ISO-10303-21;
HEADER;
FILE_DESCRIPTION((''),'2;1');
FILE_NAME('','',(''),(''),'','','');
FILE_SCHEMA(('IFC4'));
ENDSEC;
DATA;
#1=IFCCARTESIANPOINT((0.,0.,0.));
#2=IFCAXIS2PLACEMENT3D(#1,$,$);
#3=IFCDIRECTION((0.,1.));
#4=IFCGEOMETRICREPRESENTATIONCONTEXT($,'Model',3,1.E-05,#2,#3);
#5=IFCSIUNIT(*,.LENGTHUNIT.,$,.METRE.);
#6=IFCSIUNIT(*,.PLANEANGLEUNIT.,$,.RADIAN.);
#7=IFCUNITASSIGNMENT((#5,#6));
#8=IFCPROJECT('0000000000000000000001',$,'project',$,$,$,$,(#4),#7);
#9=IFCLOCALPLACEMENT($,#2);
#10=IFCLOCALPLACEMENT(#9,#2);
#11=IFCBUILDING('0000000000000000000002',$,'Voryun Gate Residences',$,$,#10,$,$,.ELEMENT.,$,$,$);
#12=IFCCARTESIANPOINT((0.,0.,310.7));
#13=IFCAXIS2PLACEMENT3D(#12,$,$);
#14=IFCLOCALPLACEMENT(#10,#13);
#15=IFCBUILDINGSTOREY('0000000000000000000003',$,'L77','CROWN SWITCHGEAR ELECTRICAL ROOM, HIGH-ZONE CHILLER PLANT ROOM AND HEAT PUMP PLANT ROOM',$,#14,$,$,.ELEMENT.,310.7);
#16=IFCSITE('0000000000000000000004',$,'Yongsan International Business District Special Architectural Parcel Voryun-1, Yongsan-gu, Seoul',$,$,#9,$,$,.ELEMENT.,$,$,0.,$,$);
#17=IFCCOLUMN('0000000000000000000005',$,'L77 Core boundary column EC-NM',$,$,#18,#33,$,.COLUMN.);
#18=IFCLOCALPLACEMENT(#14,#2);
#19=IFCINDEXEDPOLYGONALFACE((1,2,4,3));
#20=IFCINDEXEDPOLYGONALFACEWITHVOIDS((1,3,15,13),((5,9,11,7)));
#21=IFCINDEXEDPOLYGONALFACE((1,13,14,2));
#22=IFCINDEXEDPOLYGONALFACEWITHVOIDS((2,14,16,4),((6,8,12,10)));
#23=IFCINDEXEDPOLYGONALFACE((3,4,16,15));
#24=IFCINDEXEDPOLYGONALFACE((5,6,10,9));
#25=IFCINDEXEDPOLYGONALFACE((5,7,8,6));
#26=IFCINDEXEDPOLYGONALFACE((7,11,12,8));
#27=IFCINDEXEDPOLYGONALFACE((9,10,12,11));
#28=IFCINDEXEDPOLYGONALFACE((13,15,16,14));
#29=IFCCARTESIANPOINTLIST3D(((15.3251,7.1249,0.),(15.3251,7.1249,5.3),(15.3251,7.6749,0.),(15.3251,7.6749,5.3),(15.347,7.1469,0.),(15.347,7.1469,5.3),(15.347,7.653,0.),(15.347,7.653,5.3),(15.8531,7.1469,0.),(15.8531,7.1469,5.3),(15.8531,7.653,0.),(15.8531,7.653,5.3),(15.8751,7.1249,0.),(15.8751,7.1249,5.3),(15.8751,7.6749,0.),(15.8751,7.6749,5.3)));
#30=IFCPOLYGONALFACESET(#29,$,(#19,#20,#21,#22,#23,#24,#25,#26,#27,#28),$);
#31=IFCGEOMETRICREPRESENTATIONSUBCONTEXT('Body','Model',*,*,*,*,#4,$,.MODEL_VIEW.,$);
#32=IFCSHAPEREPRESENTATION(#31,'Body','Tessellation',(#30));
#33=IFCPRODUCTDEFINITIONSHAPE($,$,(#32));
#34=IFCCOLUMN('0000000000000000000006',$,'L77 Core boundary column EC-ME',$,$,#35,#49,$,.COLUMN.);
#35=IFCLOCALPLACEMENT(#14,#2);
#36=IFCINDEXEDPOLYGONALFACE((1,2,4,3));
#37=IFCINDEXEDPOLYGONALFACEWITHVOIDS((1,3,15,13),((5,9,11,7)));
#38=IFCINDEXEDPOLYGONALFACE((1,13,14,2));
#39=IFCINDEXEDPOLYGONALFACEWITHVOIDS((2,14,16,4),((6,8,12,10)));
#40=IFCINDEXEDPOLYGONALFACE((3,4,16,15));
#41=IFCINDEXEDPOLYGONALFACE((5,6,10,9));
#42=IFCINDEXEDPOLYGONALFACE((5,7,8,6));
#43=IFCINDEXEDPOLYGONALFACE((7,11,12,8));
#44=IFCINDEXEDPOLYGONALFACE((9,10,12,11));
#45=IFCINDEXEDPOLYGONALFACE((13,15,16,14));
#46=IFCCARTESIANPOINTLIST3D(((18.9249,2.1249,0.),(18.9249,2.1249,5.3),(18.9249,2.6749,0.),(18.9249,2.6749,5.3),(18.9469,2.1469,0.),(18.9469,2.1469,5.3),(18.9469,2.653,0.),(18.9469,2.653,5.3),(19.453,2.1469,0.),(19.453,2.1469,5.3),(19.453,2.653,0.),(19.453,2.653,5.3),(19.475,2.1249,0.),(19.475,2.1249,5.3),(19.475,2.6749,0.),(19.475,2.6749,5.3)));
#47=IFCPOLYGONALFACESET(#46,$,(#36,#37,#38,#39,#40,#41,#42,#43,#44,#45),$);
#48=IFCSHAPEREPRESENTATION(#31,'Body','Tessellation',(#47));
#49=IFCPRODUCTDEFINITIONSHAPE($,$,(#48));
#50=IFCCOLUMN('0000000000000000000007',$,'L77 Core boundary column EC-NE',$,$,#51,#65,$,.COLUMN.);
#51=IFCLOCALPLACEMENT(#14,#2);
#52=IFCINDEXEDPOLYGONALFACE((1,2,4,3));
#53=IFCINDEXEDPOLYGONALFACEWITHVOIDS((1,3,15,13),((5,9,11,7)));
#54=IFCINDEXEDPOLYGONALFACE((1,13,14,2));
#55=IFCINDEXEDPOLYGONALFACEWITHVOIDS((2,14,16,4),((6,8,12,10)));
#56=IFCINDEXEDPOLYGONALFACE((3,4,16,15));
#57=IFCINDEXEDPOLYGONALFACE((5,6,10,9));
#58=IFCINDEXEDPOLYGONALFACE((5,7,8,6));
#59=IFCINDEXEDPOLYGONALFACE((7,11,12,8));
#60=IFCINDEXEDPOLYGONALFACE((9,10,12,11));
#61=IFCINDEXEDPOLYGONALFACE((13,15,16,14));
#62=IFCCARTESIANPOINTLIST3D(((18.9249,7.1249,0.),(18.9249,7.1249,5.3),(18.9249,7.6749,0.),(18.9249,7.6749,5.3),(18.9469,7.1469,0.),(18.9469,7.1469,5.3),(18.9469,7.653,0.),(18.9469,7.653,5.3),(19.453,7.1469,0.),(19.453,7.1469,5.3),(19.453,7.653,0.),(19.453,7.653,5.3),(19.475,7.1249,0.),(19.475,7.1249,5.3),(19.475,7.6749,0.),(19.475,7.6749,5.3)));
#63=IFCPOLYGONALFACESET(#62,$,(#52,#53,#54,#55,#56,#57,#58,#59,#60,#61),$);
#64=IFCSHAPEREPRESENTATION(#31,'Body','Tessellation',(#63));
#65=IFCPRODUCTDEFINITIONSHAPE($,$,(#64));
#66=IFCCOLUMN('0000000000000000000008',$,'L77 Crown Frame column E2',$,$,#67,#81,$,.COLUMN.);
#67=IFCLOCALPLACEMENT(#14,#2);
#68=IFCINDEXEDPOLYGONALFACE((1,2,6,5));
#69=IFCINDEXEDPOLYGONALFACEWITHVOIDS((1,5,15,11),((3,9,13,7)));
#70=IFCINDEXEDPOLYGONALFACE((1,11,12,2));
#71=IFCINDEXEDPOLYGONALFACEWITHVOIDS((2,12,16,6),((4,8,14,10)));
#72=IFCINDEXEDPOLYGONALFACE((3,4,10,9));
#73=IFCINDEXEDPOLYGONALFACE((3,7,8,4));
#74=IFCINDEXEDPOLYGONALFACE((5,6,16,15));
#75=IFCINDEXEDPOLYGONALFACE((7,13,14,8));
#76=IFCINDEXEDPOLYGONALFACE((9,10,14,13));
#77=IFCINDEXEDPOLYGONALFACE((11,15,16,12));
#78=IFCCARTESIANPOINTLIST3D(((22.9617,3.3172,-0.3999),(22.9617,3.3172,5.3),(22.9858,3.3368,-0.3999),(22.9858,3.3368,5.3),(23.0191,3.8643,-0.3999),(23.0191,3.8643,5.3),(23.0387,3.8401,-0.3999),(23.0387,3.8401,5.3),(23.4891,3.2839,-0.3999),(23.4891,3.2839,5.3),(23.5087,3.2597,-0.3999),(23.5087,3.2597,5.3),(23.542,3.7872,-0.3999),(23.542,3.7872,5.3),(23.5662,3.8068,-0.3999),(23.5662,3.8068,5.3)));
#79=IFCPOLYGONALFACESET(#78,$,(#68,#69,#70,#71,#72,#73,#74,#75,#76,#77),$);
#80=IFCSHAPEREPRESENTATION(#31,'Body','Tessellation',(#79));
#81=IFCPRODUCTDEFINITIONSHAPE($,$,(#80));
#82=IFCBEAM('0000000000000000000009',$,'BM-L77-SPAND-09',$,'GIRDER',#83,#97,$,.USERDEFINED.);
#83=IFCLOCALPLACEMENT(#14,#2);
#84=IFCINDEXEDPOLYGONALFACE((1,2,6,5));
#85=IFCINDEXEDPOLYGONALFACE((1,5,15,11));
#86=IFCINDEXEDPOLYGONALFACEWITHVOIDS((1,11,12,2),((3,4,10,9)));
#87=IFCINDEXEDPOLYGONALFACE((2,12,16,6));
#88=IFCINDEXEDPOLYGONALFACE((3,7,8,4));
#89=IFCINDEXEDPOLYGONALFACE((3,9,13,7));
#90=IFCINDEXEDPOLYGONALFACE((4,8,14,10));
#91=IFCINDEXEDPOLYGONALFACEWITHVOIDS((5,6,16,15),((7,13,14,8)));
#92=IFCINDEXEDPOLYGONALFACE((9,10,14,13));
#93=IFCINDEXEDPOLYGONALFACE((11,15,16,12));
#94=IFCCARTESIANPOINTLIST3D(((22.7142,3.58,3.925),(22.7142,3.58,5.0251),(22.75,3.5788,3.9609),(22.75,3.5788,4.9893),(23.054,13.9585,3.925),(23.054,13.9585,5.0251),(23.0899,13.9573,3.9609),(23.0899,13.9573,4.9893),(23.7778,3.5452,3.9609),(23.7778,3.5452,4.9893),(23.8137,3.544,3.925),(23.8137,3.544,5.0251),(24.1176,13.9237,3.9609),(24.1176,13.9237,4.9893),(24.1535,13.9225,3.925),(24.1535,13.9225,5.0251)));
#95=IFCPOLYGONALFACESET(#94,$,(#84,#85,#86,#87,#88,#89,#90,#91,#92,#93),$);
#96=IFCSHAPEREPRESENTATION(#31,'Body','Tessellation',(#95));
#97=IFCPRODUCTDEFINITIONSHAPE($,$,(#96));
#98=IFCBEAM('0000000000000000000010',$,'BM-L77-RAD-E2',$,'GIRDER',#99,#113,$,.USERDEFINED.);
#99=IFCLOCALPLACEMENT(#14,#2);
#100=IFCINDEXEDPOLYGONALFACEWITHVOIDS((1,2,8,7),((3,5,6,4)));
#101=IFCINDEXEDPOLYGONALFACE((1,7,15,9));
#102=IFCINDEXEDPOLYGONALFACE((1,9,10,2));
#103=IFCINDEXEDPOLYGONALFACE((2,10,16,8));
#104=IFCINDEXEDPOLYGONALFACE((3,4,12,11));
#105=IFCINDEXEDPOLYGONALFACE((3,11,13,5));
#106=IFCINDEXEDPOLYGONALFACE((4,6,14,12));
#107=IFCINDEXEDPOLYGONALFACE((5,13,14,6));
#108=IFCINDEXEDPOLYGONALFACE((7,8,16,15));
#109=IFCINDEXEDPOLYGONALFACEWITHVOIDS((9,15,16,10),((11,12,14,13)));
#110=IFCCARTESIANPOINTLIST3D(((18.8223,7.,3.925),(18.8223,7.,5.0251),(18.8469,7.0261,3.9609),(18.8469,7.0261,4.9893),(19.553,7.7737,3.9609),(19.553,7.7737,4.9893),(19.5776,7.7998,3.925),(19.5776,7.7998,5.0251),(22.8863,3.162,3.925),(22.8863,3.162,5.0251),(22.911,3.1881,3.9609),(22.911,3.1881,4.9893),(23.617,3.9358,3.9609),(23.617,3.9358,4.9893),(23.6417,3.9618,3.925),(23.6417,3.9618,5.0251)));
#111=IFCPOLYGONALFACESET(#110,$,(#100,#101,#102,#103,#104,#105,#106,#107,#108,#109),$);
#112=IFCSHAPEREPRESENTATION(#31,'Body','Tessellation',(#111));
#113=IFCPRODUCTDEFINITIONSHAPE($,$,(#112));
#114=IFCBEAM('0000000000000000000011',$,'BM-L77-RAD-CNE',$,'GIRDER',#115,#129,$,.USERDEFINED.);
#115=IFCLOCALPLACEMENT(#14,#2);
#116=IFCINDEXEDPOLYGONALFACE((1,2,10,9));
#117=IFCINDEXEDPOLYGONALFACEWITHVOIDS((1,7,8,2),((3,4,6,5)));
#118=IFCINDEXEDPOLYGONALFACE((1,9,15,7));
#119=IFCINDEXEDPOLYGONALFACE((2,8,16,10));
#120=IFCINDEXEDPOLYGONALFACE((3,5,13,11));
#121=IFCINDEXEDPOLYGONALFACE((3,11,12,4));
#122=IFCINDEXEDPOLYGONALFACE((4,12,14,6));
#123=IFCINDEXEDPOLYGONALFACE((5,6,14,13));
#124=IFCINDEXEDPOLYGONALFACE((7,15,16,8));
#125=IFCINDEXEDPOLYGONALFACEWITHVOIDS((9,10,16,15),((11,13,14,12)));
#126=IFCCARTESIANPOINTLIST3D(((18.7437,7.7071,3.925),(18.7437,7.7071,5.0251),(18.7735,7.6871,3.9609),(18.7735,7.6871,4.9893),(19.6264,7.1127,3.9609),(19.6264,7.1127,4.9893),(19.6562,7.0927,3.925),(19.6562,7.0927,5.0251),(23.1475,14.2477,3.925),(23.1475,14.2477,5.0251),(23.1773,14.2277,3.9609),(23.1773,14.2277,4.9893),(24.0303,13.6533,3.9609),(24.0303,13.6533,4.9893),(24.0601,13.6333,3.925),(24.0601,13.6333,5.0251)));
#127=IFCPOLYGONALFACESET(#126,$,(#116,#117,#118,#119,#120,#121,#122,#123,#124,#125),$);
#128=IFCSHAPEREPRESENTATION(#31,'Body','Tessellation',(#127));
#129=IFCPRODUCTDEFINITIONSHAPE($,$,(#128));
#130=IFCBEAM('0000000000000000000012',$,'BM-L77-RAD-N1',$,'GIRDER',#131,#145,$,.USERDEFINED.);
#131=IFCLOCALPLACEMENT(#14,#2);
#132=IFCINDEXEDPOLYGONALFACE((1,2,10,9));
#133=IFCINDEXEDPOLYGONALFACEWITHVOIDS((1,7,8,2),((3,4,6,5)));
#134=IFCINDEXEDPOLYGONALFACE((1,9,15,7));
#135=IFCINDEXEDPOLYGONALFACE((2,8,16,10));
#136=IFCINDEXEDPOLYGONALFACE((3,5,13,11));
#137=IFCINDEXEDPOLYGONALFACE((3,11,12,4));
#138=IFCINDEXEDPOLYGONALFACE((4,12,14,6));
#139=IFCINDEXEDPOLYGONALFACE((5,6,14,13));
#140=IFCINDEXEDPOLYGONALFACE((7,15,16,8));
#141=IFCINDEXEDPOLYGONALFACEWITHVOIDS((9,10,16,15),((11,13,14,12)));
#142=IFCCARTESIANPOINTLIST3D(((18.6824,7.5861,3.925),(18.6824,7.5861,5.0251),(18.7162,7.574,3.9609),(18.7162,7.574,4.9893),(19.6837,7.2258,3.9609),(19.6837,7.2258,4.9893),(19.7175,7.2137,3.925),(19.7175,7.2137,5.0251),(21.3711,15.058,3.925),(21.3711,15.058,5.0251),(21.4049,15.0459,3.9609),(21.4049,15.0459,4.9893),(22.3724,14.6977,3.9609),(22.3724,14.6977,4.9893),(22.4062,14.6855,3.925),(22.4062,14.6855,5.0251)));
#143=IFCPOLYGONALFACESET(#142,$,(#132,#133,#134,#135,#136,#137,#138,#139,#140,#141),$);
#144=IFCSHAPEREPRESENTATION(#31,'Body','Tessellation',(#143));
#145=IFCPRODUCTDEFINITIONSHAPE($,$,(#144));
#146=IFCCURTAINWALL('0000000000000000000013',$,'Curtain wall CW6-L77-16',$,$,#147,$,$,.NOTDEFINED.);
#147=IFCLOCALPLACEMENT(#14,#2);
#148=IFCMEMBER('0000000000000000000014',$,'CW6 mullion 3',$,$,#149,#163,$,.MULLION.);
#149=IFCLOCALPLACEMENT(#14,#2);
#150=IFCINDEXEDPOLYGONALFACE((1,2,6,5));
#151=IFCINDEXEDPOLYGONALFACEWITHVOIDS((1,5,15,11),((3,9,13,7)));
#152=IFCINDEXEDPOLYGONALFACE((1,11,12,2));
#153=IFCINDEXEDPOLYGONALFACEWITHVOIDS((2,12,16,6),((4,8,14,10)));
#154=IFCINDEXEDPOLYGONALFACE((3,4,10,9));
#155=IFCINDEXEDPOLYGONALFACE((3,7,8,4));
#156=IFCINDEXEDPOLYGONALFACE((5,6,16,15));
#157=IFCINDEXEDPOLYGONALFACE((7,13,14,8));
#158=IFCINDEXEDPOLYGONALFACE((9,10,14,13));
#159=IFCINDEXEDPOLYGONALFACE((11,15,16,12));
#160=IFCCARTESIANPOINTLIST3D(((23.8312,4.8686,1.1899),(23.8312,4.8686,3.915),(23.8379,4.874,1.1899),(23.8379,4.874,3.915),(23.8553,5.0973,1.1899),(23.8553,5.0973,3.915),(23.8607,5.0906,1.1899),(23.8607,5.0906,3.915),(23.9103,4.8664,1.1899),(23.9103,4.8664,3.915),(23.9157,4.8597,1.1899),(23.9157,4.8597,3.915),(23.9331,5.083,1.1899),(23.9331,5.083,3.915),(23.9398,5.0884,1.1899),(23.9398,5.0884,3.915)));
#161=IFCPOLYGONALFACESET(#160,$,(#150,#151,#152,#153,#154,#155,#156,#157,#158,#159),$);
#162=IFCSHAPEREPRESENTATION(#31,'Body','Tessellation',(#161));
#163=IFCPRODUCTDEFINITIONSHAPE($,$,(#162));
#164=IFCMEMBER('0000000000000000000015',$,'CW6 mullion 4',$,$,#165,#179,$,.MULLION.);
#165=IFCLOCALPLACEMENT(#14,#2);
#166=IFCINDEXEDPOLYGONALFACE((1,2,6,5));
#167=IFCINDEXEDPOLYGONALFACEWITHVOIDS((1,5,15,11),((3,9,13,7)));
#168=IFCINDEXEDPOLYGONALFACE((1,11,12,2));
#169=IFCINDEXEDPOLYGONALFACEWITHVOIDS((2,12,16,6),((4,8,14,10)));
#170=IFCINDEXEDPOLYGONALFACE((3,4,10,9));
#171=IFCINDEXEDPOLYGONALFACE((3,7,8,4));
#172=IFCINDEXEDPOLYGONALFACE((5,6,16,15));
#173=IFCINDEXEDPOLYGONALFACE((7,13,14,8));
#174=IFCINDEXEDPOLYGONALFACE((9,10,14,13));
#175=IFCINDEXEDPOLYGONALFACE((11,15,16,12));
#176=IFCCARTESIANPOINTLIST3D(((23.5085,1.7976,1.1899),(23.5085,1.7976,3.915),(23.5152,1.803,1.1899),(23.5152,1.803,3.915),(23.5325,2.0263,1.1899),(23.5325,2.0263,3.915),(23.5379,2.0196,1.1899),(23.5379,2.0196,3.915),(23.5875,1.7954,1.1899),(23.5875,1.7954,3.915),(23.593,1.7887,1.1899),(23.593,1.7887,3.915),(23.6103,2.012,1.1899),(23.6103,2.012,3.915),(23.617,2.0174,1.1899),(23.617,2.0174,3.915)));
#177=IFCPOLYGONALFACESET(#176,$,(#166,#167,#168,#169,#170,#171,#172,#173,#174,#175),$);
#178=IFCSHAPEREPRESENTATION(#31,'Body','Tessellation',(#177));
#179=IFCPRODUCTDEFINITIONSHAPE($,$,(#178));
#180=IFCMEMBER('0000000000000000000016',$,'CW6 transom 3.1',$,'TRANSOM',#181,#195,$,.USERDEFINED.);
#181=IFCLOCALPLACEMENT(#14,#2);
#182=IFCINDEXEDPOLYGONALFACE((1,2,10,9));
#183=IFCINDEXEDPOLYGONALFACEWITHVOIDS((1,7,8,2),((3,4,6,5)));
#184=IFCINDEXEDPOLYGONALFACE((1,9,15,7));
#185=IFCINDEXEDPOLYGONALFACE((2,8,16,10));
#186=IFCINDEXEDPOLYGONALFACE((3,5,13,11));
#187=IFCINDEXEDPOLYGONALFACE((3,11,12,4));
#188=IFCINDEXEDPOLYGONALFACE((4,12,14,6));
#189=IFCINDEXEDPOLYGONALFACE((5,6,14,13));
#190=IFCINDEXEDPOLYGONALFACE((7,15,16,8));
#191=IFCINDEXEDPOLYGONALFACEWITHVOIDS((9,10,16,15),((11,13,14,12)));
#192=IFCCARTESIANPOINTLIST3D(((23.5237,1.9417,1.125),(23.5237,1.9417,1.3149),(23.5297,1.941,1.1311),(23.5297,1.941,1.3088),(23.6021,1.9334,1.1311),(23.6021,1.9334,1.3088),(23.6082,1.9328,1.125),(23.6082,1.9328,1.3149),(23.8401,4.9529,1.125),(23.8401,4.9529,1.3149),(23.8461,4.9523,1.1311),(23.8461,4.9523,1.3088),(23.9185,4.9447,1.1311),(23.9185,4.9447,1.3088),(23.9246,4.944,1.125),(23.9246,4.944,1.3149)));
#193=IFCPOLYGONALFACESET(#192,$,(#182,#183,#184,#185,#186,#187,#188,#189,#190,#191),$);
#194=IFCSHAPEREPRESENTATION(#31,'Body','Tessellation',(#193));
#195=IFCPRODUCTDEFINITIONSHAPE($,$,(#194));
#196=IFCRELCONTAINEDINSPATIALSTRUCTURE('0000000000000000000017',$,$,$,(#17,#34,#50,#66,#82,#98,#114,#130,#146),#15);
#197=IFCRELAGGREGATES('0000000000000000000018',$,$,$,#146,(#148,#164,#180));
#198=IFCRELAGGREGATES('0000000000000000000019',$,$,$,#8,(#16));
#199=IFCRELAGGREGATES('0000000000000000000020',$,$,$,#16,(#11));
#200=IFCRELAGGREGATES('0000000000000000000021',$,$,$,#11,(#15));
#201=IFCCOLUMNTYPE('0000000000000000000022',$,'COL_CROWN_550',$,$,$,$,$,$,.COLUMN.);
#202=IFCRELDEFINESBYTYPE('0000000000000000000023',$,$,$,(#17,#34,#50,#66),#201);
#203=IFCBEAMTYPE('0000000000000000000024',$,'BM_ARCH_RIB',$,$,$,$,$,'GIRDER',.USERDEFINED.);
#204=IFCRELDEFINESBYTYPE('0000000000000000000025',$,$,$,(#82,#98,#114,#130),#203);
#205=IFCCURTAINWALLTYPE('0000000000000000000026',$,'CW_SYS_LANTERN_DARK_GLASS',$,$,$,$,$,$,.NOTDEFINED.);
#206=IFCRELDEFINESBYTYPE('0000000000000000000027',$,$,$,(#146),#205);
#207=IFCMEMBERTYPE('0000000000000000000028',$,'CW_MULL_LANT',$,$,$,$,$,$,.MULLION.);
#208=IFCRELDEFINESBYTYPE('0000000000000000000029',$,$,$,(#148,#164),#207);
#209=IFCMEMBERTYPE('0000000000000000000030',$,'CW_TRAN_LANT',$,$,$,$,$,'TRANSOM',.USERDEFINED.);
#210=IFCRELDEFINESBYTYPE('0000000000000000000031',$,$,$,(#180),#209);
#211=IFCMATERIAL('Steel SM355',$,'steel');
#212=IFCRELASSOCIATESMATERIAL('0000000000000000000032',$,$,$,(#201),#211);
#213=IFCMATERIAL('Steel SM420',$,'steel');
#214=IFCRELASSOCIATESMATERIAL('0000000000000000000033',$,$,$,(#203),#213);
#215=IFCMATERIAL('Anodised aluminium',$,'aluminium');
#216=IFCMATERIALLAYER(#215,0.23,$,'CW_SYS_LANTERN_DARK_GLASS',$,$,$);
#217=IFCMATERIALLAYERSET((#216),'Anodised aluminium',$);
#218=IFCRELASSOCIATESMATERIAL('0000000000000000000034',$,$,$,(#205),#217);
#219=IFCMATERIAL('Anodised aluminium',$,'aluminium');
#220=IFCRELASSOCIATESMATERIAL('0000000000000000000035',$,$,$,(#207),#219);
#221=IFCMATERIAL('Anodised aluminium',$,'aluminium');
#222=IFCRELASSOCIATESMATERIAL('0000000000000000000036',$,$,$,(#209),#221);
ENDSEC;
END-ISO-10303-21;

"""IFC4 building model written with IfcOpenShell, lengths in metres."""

from ifc_helpers import new_model, si_unit, direction, frame, origin, origin_2d, place, context, subcontext, project, spatial, hollow_rectangle, extrude, material, layer, layer_set, material_profile, profile_set, type_object, element, aggregate, save


model = new_model("IFC4")

# Units and contexts
model_context = context("Model", 3, precision=1e-05, world=origin(), true_north=direction((0.0, 1.0)))
body_context = subcontext(model_context, "Body", "Model", "MODEL_VIEW")
ifc_project = project(units=[si_unit("LENGTHUNIT", "METRE"), si_unit("PLANEANGLEUNIT", "RADIAN")], contexts=[model_context])

# Site, building, storey
site_placement = place(None, origin())
site = spatial("IfcSite", under=ifc_project, at=site_placement, Name="Yongsan International Business District Special Architectural Parcel Voryun-1, Yongsan-gu, Seoul", CompositionType="ELEMENT", RefElevation=0.0)
building_placement = place(site_placement, origin())
building = spatial("IfcBuilding", under=site, at=building_placement, Name="Voryun Gate Residences", CompositionType="ELEMENT")
storey_placement = place(building_placement, frame((0.0, 0.0, 310.7)))
storey = spatial("IfcBuildingStorey", under=building, at=storey_placement, Name="L77", Description="CROWN SWITCHGEAR ELECTRICAL ROOM, HIGH-ZONE CHILLER PLANT ROOM AND HEAT PUMP PLANT ROOM", CompositionType="ELEMENT", Elevation=310.7)

# Columns
ifc_material_1 = material(Name="Steel SM355", Category="steel")
ifc_material_profile_1 = material_profile(ifc_material_1, hollow_rectangle(XDim=0.55, YDim=0.55, WallThickness=0.022, at=origin_2d()), Name="BOX-550x550x22")
ifc_profile_set_1 = profile_set([ifc_material_profile_1], Name="Steel SM355")
column_type = type_object("IfcColumnType", Name="COL_CROWN_550", PredefinedType="COLUMN", material=ifc_profile_set_1)
for number, where, z_axis, x_axis, name in (
    (1, (15.6001, 7.3999, 0.0), (0.0, 0.0, 1.0), (1.0, 0.0, 0.0), "L77 Core boundary column EC-NM"),
    (2, (19.2, 2.3999, 0.0), (0.0, 0.0, 1.0), (1.0, 0.0, 0.0), "L77 Core boundary column EC-ME"),
    (3, (19.2, 7.3999, 0.0), (0.0, 0.0, 1.0), (1.0, 0.0, 0.0), "L77 Core boundary column EC-NE"),
):
    element("IfcColumn", number, at=place(storey_placement, frame(where, z_axis=z_axis, x_axis=x_axis)), inside=storey, type_object=column_type, Name=name, PredefinedType="COLUMN", context=body_context, shape_type="SweptSolid", body=[
        extrude(hollow_rectangle(XDim=0.55, YDim=0.55, WallThickness=0.022, at=origin_2d()), origin(), (0.0, 0.0, 1.0), 5.3),
    ])
column_placement = place(storey_placement, frame((23.2639, 3.562, -0.3999), z_axis=(0.0, 0.0, 1.0), x_axis=(0.994522, -0.104528, 0.0)))
element("IfcColumn", 4, at=column_placement, inside=storey, type_object=column_type, Name="L77 Crown Frame column E2", PredefinedType="COLUMN", context=body_context, shape_type="SweptSolid", body=[
    extrude(hollow_rectangle(XDim=0.55, YDim=0.55, WallThickness=0.022, at=origin_2d()), origin(), (0.0, 0.0, 1.0), 5.7),
])

# Beams
ifc_material_2 = material(Name="Steel SM420", Category="steel")
ifc_material_profile_2 = material_profile(ifc_material_2, hollow_rectangle(XDim=1.1001, YDim=1.1001, WallThickness=0.0359, at=origin_2d()), Name="BOX-1100x1100x36")
ifc_profile_set_2 = profile_set([ifc_material_profile_2], Name="Steel SM420")
beam_type = type_object("IfcBeamType", Name="BM_ARCH_RIB", ElementType="GIRDER", PredefinedType="USERDEFINED", material=ifc_profile_set_2)
beam_1_placement = place(storey_placement, frame((23.2639, 3.562, 4.4751), z_axis=(0.032728, 0.999464, 0.0), x_axis=(-0.999464, 0.032728, 0.0)))
element("IfcBeam", 5, at=beam_1_placement, inside=storey, type_object=beam_type, Name="BM-L77-SPAND-09", ObjectType="GIRDER", PredefinedType="USERDEFINED", context=body_context, shape_type="SweptSolid", body=[
    extrude(hollow_rectangle(XDim=1.1001, YDim=1.1001, WallThickness=0.0359, at=origin_2d()), origin(), (0.0, 0.0, 1.0), 10.384),
])
beam_2_placement = place(storey_placement, frame((19.2, 7.3999, 4.4751), z_axis=(0.72704, -0.686595, 0.0), x_axis=(0.686595, 0.72704, 0.0)))
element("IfcBeam", 6, at=beam_2_placement, inside=storey, type_object=beam_type, Name="BM-L77-RAD-E2", ObjectType="GIRDER", PredefinedType="USERDEFINED", context=body_context, shape_type="SweptSolid", body=[
    extrude(hollow_rectangle(XDim=1.1001, YDim=1.1001, WallThickness=0.0359, at=origin_2d()), origin(), (0.0, 0.0, 1.0), 5.5898),
])
beam_3_placement = place(storey_placement, frame((19.2, 7.3999, 4.4751), z_axis=(0.55851, 0.829498, 0.0), x_axis=(-0.829498, 0.55851, 0.0)))
element("IfcBeam", 7, at=beam_3_placement, inside=storey, type_object=beam_type, Name="BM-L77-RAD-CNE", ObjectType="GIRDER", PredefinedType="USERDEFINED", context=body_context, shape_type="SweptSolid", body=[
    extrude(hollow_rectangle(XDim=1.1001, YDim=1.1001, WallThickness=0.0359, at=origin_2d()), origin(), (0.0, 0.0, 1.0), 7.885),
])
beam_4_placement = place(storey_placement, frame((19.2, 7.3999, 4.4751), z_axis=(0.338589, 0.940934, 0.0), x_axis=(-0.940934, 0.338589, 0.0)))
element("IfcBeam", 8, at=beam_4_placement, inside=storey, type_object=beam_type, Name="BM-L77-RAD-N1", ObjectType="GIRDER", PredefinedType="USERDEFINED", context=body_context, shape_type="SweptSolid", body=[
    extrude(hollow_rectangle(XDim=1.1001, YDim=1.1001, WallThickness=0.0359, at=origin_2d()), origin(), (0.0, 0.0, 1.0), 7.9409),
])

# Curtain wall, members
ifc_material_3 = material(Name="Anodised aluminium", Category="aluminium")
ifc_layer_1 = layer(ifc_material_3, 0.23, Name="CW_SYS_LANTERN_DARK_GLASS")
ifc_layer_set_1 = layer_set([ifc_layer_1], Name="Anodised aluminium")
curtain_wall_type = type_object("IfcCurtainWallType", Name="CW_SYS_LANTERN_DARK_GLASS", PredefinedType="NOTDEFINED", material=ifc_layer_set_1)
curtain_wall_placement = place(storey_placement, origin())
curtain_wall = element("IfcCurtainWall", 9, at=curtain_wall_placement, inside=storey, type_object=curtain_wall_type, Name="Curtain wall CW6-L77-16", PredefinedType="NOTDEFINED")
ifc_material_4 = material(Name="Anodised aluminium", Category="aluminium")
ifc_material_profile_3 = material_profile(ifc_material_4, hollow_rectangle(XDim=0.085, YDim=0.23, WallThickness=0.0061, at=origin_2d()), Name="ALU-MULL-230x85x6")
ifc_profile_set_3 = profile_set([ifc_material_profile_3], Name="Anodised aluminium")
member_type_1 = type_object("IfcMemberType", Name="CW_MULL_LANT", PredefinedType="MULLION", material=ifc_profile_set_3)
member_1_placement = place(storey_placement, frame((23.8855, 4.9785, 1.1899), z_axis=(0.0, 0.0, 1.0), x_axis=(0.994522, -0.104528, 0.0)))
member_1 = element("IfcMember", 10, at=member_1_placement, type_object=member_type_1, Name="CW6 mullion 3", PredefinedType="MULLION", context=body_context, shape_type="SweptSolid", body=[
    extrude(hollow_rectangle(XDim=0.085, YDim=0.23, WallThickness=0.0061, at=origin_2d()), origin(), (0.0, 0.0, 1.0), 2.7251),
])
member_2_placement = place(storey_placement, frame((23.5627, 1.9075, 1.1899), z_axis=(0.0, 0.0, 1.0), x_axis=(0.994522, -0.104528, 0.0)))
member_2 = element("IfcMember", 11, at=member_2_placement, type_object=member_type_1, Name="CW6 mullion 4", PredefinedType="MULLION", context=body_context, shape_type="SweptSolid", body=[
    extrude(hollow_rectangle(XDim=0.085, YDim=0.23, WallThickness=0.0061, at=origin_2d()), origin(), (0.0, 0.0, 1.0), 2.7251),
])
ifc_material_5 = material(Name="Anodised aluminium", Category="aluminium")
ifc_material_profile_4 = material_profile(ifc_material_5, hollow_rectangle(XDim=0.085, YDim=0.1899, WallThickness=0.0061, at=origin_2d()), Name="ALU-TRAN-190x85x6")
ifc_profile_set_4 = profile_set([ifc_material_profile_4], Name="Anodised aluminium")
member_type_2 = type_object("IfcMemberType", Name="CW_TRAN_LANT", ElementType="TRANSOM", PredefinedType="USERDEFINED", material=ifc_profile_set_4)
member_3_placement = place(storey_placement, frame((23.8823, 4.9485, 1.22), z_axis=(-0.1045, -0.994525, 0.0), x_axis=(0.994525, -0.1045, 0.0)))
member_3 = element("IfcMember", 12, at=member_3_placement, type_object=member_type_2, Name="CW6 transom 3.1", ObjectType="TRANSOM", PredefinedType="USERDEFINED", context=body_context, shape_type="SweptSolid", body=[
    extrude(hollow_rectangle(XDim=0.085, YDim=0.1899, WallThickness=0.0061, at=origin_2d()), origin(), (0.0, 0.0, 1.0), 3.0278),
])

aggregate(curtain_wall, [member_1, member_2, member_3])

save(model, "model.ifc")
